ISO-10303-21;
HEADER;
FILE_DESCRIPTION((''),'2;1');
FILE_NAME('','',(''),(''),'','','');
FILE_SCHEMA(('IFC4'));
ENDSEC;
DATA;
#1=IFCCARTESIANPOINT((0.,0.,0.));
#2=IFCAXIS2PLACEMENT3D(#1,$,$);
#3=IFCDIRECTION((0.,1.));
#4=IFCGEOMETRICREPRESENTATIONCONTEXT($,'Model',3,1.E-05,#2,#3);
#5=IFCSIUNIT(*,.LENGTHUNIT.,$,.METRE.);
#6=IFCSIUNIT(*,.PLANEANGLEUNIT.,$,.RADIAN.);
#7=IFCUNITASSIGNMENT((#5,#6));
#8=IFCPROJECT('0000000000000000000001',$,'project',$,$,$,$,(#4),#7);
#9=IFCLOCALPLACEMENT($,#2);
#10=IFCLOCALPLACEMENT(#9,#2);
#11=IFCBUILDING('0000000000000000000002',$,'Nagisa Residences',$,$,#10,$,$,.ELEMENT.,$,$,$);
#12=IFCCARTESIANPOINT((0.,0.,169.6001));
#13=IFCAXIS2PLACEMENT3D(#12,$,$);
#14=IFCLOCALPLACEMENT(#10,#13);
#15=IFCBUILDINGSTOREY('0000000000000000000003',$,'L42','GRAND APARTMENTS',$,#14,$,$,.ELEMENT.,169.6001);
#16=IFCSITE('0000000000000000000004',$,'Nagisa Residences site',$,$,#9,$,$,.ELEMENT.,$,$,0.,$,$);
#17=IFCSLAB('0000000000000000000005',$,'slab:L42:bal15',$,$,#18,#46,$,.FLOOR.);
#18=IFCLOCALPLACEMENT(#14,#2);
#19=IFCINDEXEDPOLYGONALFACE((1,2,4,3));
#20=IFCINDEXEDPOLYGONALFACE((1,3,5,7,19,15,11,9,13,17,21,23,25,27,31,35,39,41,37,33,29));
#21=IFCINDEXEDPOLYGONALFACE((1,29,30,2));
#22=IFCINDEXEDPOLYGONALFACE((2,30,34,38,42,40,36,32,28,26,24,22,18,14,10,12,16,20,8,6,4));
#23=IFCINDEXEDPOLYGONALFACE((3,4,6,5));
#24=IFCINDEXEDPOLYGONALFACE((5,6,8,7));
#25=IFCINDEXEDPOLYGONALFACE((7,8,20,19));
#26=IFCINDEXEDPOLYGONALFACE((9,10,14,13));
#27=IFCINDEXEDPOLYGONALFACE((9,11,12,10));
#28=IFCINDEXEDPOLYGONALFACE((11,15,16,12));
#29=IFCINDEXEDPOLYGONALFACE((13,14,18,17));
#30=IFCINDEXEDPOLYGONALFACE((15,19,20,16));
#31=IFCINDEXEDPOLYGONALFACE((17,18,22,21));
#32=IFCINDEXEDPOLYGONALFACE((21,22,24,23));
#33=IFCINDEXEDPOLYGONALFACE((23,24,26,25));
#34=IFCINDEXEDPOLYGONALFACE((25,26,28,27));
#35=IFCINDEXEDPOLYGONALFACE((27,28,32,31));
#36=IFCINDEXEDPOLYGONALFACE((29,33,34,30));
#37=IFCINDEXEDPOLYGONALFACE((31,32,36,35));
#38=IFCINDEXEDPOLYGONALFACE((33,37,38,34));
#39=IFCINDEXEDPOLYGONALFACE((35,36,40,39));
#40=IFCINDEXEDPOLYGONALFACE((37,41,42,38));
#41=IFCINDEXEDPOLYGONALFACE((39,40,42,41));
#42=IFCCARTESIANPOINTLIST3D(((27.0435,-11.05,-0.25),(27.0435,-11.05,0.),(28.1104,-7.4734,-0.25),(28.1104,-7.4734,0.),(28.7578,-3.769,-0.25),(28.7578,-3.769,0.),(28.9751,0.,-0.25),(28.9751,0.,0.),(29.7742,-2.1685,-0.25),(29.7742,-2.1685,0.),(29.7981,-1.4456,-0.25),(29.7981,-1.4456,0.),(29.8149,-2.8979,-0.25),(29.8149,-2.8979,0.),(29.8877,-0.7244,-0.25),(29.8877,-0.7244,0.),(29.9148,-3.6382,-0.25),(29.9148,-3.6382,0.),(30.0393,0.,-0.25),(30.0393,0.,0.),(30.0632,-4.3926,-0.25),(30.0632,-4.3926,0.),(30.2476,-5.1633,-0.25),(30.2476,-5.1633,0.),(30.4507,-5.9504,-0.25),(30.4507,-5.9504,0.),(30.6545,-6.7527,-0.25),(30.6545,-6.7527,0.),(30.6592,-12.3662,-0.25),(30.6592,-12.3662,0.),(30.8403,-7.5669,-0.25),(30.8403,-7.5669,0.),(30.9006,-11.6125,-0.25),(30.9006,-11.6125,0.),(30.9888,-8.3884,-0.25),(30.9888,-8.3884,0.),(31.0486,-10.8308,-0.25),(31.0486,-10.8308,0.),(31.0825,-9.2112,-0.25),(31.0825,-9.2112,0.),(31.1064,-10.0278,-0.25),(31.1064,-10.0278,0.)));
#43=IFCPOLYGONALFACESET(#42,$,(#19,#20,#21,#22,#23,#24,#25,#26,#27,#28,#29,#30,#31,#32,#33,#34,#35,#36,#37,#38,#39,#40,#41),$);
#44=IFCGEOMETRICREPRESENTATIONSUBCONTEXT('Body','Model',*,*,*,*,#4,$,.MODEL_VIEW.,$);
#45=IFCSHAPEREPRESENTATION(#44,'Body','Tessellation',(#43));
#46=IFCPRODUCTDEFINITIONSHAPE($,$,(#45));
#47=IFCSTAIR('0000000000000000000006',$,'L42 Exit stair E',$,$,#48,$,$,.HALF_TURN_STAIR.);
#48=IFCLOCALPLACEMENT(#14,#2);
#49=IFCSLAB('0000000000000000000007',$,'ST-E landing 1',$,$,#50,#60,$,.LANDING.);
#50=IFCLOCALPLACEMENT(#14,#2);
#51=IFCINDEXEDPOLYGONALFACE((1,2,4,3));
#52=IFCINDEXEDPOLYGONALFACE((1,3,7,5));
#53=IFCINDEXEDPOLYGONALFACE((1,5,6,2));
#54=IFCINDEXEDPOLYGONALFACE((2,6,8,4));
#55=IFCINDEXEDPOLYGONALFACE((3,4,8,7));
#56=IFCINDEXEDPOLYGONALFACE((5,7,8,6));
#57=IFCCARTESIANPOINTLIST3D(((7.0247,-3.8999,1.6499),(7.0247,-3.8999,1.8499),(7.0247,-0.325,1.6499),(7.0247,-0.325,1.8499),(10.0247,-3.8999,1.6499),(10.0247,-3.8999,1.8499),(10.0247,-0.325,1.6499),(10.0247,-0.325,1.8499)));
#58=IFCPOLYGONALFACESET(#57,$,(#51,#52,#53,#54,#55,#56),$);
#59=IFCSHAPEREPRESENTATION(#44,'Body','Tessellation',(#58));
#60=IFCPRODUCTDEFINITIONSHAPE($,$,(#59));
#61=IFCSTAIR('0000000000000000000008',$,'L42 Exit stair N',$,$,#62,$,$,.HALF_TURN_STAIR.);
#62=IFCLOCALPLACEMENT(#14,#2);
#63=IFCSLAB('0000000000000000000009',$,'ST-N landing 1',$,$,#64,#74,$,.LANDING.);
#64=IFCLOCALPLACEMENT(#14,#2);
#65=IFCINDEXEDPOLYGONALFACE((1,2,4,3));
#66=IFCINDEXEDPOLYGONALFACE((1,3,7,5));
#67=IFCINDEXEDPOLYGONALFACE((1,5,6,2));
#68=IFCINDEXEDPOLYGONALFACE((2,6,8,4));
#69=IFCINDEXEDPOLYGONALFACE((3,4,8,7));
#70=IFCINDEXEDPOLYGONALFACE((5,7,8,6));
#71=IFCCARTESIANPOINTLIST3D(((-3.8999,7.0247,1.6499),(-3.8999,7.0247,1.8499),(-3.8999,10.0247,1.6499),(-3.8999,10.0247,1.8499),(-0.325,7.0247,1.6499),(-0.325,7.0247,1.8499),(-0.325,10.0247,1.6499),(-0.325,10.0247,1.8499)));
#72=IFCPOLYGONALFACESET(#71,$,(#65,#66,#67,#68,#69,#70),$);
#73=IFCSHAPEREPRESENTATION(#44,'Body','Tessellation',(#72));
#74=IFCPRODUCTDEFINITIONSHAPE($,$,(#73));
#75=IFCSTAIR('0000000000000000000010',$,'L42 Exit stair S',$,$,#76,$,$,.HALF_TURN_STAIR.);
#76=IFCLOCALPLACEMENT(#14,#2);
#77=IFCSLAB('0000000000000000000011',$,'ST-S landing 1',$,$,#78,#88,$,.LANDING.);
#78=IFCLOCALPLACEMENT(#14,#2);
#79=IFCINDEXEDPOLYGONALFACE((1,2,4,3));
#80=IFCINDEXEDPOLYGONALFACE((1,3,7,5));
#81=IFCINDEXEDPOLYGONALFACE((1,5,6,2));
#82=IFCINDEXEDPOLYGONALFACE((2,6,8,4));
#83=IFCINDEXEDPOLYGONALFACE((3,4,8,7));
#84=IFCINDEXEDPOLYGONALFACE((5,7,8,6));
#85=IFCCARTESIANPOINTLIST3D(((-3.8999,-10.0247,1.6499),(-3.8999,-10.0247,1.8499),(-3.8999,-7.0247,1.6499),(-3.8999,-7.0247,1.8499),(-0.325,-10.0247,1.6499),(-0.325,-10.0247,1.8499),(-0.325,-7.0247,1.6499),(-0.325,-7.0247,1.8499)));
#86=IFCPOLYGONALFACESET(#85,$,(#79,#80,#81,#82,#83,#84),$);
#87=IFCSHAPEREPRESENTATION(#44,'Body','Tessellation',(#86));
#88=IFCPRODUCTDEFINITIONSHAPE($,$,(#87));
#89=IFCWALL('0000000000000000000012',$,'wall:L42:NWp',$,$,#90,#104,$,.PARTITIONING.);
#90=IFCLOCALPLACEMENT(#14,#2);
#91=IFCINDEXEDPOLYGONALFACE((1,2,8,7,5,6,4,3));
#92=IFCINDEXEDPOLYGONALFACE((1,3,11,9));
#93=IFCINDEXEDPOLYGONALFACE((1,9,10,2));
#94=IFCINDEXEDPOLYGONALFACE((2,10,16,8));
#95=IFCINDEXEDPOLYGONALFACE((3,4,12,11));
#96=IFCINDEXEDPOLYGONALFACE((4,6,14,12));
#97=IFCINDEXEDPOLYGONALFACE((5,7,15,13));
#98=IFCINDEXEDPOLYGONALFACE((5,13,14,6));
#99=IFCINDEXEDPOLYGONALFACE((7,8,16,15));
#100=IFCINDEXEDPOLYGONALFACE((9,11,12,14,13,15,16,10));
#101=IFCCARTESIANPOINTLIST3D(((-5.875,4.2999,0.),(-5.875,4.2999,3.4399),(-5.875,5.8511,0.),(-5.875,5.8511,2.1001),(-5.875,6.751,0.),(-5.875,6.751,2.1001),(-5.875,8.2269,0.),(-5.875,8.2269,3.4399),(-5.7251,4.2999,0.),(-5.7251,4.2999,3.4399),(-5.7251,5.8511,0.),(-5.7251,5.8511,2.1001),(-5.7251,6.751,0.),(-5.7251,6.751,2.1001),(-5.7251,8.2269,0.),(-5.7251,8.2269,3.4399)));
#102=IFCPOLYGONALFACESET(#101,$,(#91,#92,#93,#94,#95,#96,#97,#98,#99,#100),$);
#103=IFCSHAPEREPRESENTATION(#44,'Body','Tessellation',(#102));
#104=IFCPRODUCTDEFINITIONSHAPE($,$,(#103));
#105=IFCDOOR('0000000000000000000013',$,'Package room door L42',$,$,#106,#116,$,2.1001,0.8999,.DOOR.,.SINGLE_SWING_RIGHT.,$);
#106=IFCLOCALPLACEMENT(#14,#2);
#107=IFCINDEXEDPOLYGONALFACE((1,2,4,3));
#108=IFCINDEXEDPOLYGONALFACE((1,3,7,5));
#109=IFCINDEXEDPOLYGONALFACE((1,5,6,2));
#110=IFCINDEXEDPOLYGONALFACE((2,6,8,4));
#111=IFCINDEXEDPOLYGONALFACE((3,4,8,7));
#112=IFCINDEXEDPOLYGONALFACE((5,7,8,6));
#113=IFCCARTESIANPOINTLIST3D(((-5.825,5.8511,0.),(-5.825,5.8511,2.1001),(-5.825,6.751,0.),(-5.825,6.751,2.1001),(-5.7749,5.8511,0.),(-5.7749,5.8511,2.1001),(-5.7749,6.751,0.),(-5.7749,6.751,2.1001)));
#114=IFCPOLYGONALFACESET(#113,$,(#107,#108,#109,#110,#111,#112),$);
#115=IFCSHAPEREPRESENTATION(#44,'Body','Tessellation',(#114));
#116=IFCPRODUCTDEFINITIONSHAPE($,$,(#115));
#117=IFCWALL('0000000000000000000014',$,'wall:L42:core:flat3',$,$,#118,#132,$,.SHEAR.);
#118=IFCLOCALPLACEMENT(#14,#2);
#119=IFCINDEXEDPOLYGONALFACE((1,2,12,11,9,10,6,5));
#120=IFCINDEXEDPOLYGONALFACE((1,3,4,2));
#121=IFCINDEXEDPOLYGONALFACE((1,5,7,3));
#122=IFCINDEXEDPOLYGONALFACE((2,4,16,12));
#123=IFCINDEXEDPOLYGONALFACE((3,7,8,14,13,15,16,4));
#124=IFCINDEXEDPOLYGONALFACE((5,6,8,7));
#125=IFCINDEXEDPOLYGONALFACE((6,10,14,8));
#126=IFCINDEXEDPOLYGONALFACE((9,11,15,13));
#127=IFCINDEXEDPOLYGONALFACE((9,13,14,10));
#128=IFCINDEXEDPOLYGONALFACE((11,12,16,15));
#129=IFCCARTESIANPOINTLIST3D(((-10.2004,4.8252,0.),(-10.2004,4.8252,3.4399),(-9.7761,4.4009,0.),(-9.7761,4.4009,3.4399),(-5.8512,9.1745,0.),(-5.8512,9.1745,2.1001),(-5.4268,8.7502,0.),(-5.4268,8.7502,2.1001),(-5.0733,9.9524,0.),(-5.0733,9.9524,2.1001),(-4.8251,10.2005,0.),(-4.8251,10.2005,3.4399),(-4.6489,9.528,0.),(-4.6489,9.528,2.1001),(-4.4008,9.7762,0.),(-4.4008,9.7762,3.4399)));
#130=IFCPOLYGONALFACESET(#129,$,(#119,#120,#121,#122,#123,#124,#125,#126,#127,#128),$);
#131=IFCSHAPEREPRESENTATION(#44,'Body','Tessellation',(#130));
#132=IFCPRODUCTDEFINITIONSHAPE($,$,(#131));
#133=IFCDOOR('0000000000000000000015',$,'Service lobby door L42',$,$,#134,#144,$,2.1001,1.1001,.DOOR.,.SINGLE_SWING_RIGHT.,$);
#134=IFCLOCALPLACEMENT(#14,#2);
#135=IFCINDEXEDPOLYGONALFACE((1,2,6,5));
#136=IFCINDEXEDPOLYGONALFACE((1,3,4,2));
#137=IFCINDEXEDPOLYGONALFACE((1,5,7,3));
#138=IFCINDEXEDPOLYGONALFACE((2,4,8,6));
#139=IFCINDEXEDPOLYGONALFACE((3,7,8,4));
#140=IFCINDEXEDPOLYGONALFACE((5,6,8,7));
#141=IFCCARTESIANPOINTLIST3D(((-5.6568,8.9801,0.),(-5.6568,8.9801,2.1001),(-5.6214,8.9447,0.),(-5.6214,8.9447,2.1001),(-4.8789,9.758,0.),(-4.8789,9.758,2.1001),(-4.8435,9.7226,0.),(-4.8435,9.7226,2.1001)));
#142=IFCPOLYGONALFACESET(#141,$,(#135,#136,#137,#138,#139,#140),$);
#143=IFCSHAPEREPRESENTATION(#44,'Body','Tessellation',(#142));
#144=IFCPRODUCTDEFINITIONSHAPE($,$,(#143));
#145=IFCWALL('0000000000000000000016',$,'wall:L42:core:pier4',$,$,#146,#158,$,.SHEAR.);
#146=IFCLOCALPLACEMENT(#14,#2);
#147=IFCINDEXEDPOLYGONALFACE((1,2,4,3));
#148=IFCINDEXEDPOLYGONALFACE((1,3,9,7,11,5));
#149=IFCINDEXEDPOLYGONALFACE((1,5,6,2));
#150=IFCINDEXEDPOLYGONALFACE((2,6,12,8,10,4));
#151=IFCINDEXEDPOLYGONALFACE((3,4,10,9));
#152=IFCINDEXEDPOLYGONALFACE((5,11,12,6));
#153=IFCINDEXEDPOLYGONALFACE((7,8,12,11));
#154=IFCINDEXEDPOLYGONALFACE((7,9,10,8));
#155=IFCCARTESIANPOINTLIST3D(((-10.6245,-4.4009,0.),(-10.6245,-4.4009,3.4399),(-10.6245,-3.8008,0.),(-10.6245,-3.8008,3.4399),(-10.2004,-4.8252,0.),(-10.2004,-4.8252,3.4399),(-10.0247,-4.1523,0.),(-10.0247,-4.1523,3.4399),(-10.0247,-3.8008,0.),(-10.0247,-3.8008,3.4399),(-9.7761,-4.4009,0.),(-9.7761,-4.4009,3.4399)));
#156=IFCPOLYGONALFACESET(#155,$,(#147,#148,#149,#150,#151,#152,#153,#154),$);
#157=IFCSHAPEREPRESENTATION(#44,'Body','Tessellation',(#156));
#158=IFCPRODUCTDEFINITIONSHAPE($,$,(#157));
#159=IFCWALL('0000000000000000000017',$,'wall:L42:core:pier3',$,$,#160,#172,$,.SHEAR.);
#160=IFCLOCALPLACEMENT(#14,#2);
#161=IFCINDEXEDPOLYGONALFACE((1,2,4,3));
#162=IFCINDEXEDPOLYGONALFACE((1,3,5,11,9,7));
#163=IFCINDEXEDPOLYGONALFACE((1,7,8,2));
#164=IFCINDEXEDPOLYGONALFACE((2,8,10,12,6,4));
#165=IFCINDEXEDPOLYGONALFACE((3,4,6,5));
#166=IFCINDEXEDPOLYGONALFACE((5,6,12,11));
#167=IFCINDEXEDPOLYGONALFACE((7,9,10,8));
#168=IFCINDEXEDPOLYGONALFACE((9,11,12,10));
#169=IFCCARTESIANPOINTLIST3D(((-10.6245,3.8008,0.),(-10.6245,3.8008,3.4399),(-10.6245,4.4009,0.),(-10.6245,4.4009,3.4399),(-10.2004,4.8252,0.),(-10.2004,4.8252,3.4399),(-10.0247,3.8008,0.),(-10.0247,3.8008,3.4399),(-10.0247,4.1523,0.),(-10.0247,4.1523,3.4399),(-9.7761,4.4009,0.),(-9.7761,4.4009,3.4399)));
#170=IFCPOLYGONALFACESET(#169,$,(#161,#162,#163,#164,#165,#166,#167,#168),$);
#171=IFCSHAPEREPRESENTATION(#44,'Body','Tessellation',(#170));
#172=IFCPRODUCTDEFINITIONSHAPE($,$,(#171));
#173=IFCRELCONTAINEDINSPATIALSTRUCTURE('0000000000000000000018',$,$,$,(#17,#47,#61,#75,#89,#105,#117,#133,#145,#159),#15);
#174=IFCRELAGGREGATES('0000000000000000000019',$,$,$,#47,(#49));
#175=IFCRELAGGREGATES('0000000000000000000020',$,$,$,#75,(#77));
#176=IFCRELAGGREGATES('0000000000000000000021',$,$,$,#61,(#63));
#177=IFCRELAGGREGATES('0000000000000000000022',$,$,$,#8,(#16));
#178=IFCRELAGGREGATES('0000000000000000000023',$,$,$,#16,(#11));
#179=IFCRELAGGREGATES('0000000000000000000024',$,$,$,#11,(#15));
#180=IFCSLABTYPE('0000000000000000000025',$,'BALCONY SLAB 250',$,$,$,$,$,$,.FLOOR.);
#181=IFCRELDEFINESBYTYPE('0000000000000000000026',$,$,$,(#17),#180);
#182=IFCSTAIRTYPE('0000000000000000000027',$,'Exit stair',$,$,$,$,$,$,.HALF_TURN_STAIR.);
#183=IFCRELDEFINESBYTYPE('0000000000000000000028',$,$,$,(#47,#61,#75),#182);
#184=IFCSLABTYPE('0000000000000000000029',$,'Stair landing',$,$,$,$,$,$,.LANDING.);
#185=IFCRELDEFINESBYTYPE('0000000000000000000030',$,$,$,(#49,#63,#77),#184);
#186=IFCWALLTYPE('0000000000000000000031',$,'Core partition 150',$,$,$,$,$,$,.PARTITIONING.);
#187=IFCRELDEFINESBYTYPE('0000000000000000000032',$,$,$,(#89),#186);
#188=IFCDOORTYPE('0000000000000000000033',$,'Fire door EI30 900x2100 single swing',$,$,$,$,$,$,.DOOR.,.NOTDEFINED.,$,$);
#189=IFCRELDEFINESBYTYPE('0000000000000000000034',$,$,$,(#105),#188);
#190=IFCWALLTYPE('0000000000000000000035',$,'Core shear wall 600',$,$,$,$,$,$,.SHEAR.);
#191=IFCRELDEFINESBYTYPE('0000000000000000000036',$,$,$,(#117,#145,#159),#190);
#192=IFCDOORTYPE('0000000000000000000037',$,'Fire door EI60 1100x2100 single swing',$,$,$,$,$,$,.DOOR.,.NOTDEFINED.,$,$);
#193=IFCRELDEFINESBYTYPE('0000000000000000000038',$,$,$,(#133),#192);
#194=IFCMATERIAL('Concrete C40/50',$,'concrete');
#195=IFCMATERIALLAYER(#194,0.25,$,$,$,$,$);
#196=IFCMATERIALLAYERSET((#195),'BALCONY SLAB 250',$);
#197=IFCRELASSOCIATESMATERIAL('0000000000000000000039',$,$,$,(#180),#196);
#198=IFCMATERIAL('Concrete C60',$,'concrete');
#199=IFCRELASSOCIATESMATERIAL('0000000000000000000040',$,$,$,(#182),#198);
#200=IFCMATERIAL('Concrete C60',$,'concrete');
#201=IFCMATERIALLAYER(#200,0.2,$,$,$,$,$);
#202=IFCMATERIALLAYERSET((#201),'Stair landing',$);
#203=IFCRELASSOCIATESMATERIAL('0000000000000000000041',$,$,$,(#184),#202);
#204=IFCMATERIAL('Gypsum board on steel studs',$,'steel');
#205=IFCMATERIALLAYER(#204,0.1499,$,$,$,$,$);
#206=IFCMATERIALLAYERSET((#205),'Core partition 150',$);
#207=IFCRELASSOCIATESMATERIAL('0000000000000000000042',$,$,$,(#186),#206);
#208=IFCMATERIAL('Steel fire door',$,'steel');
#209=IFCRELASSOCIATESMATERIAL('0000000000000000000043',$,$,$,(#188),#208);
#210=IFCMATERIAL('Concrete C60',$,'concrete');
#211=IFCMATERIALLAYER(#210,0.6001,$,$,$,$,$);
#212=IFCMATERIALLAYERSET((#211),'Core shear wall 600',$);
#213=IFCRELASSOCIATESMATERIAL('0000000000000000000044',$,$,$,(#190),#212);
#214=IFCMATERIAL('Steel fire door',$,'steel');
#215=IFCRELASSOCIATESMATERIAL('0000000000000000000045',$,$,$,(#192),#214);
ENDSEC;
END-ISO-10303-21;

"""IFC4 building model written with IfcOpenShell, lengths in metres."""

from ifc_helpers import new_model, si_unit, direction, frame, frame_2d, origin, place, context, subcontext, project, spatial, polyline, rectangle, outline, extrude, material, layer, layer_set, type_object, element, fill, aggregate, save


model = new_model("IFC4")

# Units and contexts
model_context = context("Model", 3, precision=1e-05, world=origin(), true_north=direction((0.0, 1.0)))
body_context = subcontext(model_context, "Body", "Model", "MODEL_VIEW")
ifc_project = project(units=[si_unit("LENGTHUNIT", "METRE"), si_unit("PLANEANGLEUNIT", "RADIAN")], contexts=[model_context])

# Site, building, storey
site_placement = place(None, origin())
site = spatial("IfcSite", under=ifc_project, at=site_placement, Name="Nagisa Residences site", CompositionType="ELEMENT", RefElevation=0.0)
building_placement = place(site_placement, origin())
building = spatial("IfcBuilding", under=site, at=building_placement, Name="Nagisa Residences", CompositionType="ELEMENT")
storey_placement = place(building_placement, frame((0.0, 0.0, 169.6001)))
storey = spatial("IfcBuildingStorey", under=building, at=storey_placement, Name="L42", Description="GRAND APARTMENTS", CompositionType="ELEMENT", Elevation=169.6001)

# Slab
ifc_material_1 = material(Name="Concrete C40/50", Category="concrete")
ifc_layer_1 = layer(ifc_material_1, 0.25)
ifc_layer_set_1 = layer_set([ifc_layer_1], Name="BALCONY SLAB 250")
slab_type_1 = type_object("IfcSlabType", Name="BALCONY SLAB 250", PredefinedType="FLOOR", material=ifc_layer_set_1)
slab_1_placement = place(storey_placement, frame((0.0, 0.0, -0.25)))
element("IfcSlab", 1, at=slab_1_placement, inside=storey, type_object=slab_type_1, Name="slab:L42:bal15", PredefinedType="FLOOR", context=body_context, shape_type="SweptSolid", body=[
    extrude(outline(polyline([(30.6592, -12.3662), (30.9006, -11.6125), (31.0486, -10.8308), (31.1064, -10.0278), (31.0825, -9.2112), (30.9888, -8.3884), (30.8403, -7.5669), (30.6545, -6.7527), (30.4507, -5.9504), (30.2476, -5.1633), (30.0632, -4.3926), (29.9148, -3.6382), (29.8149, -2.8979), (29.7742, -2.1685), (29.7981, -1.4456), (29.8877, -0.7244), (30.0393, 0.0), (28.9751, 0.0), (28.7578, -3.769), (28.1104, -7.4734), (27.0435, -11.05), (30.6592, -12.3662)])), origin(), (0.0, 0.0, 1.0), 0.25),
])

# Stairs, slabs
ifc_material_2 = material(Name="Concrete C60", Category="concrete")
stair_type = type_object("IfcStairType", Name="Exit stair", PredefinedType="HALF_TURN_STAIR", material=ifc_material_2)
stair_1_placement = place(storey_placement, origin())
stair_1 = element("IfcStair", 2, at=stair_1_placement, inside=storey, type_object=stair_type, Name="L42 Exit stair E", PredefinedType="HALF_TURN_STAIR")
ifc_material_3 = material(Name="Concrete C60", Category="concrete")
ifc_layer_2 = layer(ifc_material_3, 0.2)
ifc_layer_set_2 = layer_set([ifc_layer_2], Name="Stair landing")
slab_type_2 = type_object("IfcSlabType", Name="Stair landing", PredefinedType="LANDING", material=ifc_layer_set_2)
slab_2_placement = place(storey_placement, frame((0.0, 0.0, 1.6499)))
slab_2 = element("IfcSlab", 3, at=slab_2_placement, type_object=slab_type_2, Name="ST-E landing 1", PredefinedType="LANDING", context=body_context, shape_type="SweptSolid", body=[
    extrude(outline(polyline([(7.0247, -0.325), (7.0247, -3.8999), (10.0247, -3.8999), (10.0247, -0.325), (7.0247, -0.325)])), origin(), (0.0, 0.0, 1.0), 0.2),
])
aggregate(stair_1, [slab_2])
stair_2_placement = place(storey_placement, origin())
stair_2 = element("IfcStair", 4, at=stair_2_placement, inside=storey, type_object=stair_type, Name="L42 Exit stair N", PredefinedType="HALF_TURN_STAIR")
slab_3_placement = place(storey_placement, frame((0.0, 0.0, 1.6499)))
slab_3 = element("IfcSlab", 5, at=slab_3_placement, type_object=slab_type_2, Name="ST-N landing 1", PredefinedType="LANDING", context=body_context, shape_type="SweptSolid", body=[
    extrude(outline(polyline([(-0.325, 10.0247), (-3.8999, 10.0247), (-3.8999, 7.0247), (-0.325, 7.0247), (-0.325, 10.0247)])), origin(), (0.0, 0.0, 1.0), 0.2),
])
stair_3_placement = place(storey_placement, origin())
stair_3 = element("IfcStair", 6, at=stair_3_placement, inside=storey, type_object=stair_type, Name="L42 Exit stair S", PredefinedType="HALF_TURN_STAIR")
slab_4_placement = place(storey_placement, frame((0.0, 0.0, 1.6499)))
slab_4 = element("IfcSlab", 7, at=slab_4_placement, type_object=slab_type_2, Name="ST-S landing 1", PredefinedType="LANDING", context=body_context, shape_type="SweptSolid", body=[
    extrude(outline(polyline([(-0.325, -7.0247), (-3.8999, -7.0247), (-3.8999, -10.0247), (-0.325, -10.0247), (-0.325, -7.0247)])), origin(), (0.0, 0.0, 1.0), 0.2),
])
aggregate(stair_3, [slab_4])

# Walls, openings, doors
ifc_material_4 = material(Name="Gypsum board on steel studs", Category="steel")
ifc_layer_3 = layer(ifc_material_4, 0.1499)
ifc_layer_set_3 = layer_set([ifc_layer_3], Name="Core partition 150")
wall_type_1 = type_object("IfcWallType", Name="Core partition 150", PredefinedType="PARTITIONING", material=ifc_layer_set_3)
wall_1_placement = place(storey_placement, frame((-5.8, 4.3, 0.0), z_axis=(0.0, 0.0, 1.0), x_axis=(0.0, 1.0, 0.0)))
wall_1 = element("IfcWall", 8, at=wall_1_placement, inside=storey, type_object=wall_type_1, Name="wall:L42:NWp", PredefinedType="PARTITIONING", context=body_context, shape_type="SweptSolid", body=[
    extrude(rectangle(XDim=3.927, YDim=0.1499, at=frame_2d((1.9634, 0.0))), origin(), (0.0, 0.0, 1.0), 3.4399),
])
opening_1_placement = place(wall_1_placement, frame((1.551, 0.0, 0.0)))
opening_1 = element("IfcOpeningElement", 9, at=opening_1_placement, cuts=wall_1, PredefinedType="OPENING", context=body_context, shape_type="SweptSolid", body=[
    extrude(rectangle(XDim=0.8999, YDim=2.1001, at=frame_2d((0.45, 1.05))), frame((0.0, 0.085, 0.0), z_axis=(0.0, -1.0, 0.0), x_axis=(1.0, 0.0, 0.0)), (0.0, 0.0, 1.0), 0.1699),
])
ifc_material_5 = material(Name="Steel fire door", Category="steel")
door_type_1 = type_object("IfcDoorType", Name="Fire door EI30 900x2100 single swing", OperationType="NOTDEFINED", PredefinedType="DOOR", material=ifc_material_5)
door_1_placement = place(opening_1_placement, origin())
door_1 = element("IfcDoor", 10, at=door_1_placement, inside=storey, type_object=door_type_1, Name="Package room door L42", OperationType="SINGLE_SWING_RIGHT", OverallHeight=2.1001, OverallWidth=0.8999, PredefinedType="DOOR", context=body_context, shape_type="SweptSolid", body=[
    extrude(rectangle(XDim=0.8999, YDim=2.1001, at=frame_2d((0.45, 1.05))), frame((0.0, 0.0249, 0.0), z_axis=(0.0, -1.0, 0.0), x_axis=(1.0, 0.0, 0.0)), (0.0, 0.0, 1.0), 0.05),
])
fill(opening_1, door_1)
ifc_material_6 = material(Name="Concrete C60", Category="concrete")
ifc_layer_4 = layer(ifc_material_6, 0.6001)
ifc_layer_set_4 = layer_set([ifc_layer_4], Name="Core shear wall 600")
wall_type_2 = type_object("IfcWallType", Name="Core shear wall 600", PredefinedType="SHEAR", material=ifc_layer_set_4)
wall_2_placement = place(storey_placement, frame((-4.613, 9.9883, 0.0), z_axis=(0.0, 0.0, 1.0), x_axis=(-0.707107, -0.707107, 0.0)))
wall_2 = element("IfcWall", 11, at=wall_2_placement, inside=storey, type_object=wall_type_2, Name="wall:L42:core:flat3", PredefinedType="SHEAR", context=body_context, shape_type="SweptSolid", body=[
    extrude(rectangle(XDim=7.6018, YDim=0.6001, at=frame_2d((3.8008, 0.0))), origin(), (0.0, 0.0, 1.0), 3.4399),
])
opening_2_placement = place(wall_2_placement, frame((0.3508, 0.0, 0.0)))
opening_2 = element("IfcOpeningElement", 12, at=opening_2_placement, cuts=wall_2, PredefinedType="OPENING", context=body_context, shape_type="SweptSolid", body=[
    extrude(rectangle(XDim=1.1001, YDim=2.1001, at=frame_2d((0.55, 1.05))), frame((0.0, 0.3101, 0.0), z_axis=(0.0, -1.0, 0.0), x_axis=(1.0, 0.0, 0.0)), (0.0, 0.0, 1.0), 0.6201),
])
ifc_material_7 = material(Name="Steel fire door", Category="steel")
door_type_2 = type_object("IfcDoorType", Name="Fire door EI60 1100x2100 single swing", OperationType="NOTDEFINED", PredefinedType="DOOR", material=ifc_material_7)
door_2_placement = place(opening_2_placement, origin())
door_2 = element("IfcDoor", 13, at=door_2_placement, inside=storey, type_object=door_type_2, Name="Service lobby door L42", OperationType="SINGLE_SWING_RIGHT", OverallHeight=2.1001, OverallWidth=1.1001, PredefinedType="DOOR", context=body_context, shape_type="SweptSolid", body=[
    extrude(rectangle(XDim=1.1001, YDim=2.1001, at=frame_2d((0.55, 1.05))), frame((0.0, 0.0249, 0.0), z_axis=(0.0, -1.0, 0.0), x_axis=(1.0, 0.0, 0.0)), (0.0, 0.0, 1.0), 0.05),
])
fill(opening_2, door_2)

# Walls
wall_3_placement = place(storey_placement, origin())
element("IfcWall", 14, at=wall_3_placement, inside=storey, type_object=wall_type_2, Name="wall:L42:core:pier4", PredefinedType="SHEAR", context=body_context, shape_type="SweptSolid", body=[
    extrude(outline(polyline([(-10.6245, -3.8008), (-10.0247, -3.8008), (-10.0247, -4.1523), (-9.7761, -4.4009), (-10.2004, -4.8252), (-10.6245, -4.4009), (-10.6245, -3.8008)])), origin(), (0.0, 0.0, 1.0), 3.4399),
])
wall_4_placement = place(storey_placement, origin())
element("IfcWall", 15, at=wall_4_placement, inside=storey, type_object=wall_type_2, Name="wall:L42:core:pier3", PredefinedType="SHEAR", context=body_context, shape_type="SweptSolid", body=[
    extrude(outline(polyline([(-10.2004, 4.8252), (-9.7761, 4.4009), (-10.0247, 4.1523), (-10.0247, 3.8008), (-10.6245, 3.8008), (-10.6245, 4.4009), (-10.2004, 4.8252)])), origin(), (0.0, 0.0, 1.0), 3.4399),
])

aggregate(stair_2, [slab_3])

save(model, "model.ifc")
